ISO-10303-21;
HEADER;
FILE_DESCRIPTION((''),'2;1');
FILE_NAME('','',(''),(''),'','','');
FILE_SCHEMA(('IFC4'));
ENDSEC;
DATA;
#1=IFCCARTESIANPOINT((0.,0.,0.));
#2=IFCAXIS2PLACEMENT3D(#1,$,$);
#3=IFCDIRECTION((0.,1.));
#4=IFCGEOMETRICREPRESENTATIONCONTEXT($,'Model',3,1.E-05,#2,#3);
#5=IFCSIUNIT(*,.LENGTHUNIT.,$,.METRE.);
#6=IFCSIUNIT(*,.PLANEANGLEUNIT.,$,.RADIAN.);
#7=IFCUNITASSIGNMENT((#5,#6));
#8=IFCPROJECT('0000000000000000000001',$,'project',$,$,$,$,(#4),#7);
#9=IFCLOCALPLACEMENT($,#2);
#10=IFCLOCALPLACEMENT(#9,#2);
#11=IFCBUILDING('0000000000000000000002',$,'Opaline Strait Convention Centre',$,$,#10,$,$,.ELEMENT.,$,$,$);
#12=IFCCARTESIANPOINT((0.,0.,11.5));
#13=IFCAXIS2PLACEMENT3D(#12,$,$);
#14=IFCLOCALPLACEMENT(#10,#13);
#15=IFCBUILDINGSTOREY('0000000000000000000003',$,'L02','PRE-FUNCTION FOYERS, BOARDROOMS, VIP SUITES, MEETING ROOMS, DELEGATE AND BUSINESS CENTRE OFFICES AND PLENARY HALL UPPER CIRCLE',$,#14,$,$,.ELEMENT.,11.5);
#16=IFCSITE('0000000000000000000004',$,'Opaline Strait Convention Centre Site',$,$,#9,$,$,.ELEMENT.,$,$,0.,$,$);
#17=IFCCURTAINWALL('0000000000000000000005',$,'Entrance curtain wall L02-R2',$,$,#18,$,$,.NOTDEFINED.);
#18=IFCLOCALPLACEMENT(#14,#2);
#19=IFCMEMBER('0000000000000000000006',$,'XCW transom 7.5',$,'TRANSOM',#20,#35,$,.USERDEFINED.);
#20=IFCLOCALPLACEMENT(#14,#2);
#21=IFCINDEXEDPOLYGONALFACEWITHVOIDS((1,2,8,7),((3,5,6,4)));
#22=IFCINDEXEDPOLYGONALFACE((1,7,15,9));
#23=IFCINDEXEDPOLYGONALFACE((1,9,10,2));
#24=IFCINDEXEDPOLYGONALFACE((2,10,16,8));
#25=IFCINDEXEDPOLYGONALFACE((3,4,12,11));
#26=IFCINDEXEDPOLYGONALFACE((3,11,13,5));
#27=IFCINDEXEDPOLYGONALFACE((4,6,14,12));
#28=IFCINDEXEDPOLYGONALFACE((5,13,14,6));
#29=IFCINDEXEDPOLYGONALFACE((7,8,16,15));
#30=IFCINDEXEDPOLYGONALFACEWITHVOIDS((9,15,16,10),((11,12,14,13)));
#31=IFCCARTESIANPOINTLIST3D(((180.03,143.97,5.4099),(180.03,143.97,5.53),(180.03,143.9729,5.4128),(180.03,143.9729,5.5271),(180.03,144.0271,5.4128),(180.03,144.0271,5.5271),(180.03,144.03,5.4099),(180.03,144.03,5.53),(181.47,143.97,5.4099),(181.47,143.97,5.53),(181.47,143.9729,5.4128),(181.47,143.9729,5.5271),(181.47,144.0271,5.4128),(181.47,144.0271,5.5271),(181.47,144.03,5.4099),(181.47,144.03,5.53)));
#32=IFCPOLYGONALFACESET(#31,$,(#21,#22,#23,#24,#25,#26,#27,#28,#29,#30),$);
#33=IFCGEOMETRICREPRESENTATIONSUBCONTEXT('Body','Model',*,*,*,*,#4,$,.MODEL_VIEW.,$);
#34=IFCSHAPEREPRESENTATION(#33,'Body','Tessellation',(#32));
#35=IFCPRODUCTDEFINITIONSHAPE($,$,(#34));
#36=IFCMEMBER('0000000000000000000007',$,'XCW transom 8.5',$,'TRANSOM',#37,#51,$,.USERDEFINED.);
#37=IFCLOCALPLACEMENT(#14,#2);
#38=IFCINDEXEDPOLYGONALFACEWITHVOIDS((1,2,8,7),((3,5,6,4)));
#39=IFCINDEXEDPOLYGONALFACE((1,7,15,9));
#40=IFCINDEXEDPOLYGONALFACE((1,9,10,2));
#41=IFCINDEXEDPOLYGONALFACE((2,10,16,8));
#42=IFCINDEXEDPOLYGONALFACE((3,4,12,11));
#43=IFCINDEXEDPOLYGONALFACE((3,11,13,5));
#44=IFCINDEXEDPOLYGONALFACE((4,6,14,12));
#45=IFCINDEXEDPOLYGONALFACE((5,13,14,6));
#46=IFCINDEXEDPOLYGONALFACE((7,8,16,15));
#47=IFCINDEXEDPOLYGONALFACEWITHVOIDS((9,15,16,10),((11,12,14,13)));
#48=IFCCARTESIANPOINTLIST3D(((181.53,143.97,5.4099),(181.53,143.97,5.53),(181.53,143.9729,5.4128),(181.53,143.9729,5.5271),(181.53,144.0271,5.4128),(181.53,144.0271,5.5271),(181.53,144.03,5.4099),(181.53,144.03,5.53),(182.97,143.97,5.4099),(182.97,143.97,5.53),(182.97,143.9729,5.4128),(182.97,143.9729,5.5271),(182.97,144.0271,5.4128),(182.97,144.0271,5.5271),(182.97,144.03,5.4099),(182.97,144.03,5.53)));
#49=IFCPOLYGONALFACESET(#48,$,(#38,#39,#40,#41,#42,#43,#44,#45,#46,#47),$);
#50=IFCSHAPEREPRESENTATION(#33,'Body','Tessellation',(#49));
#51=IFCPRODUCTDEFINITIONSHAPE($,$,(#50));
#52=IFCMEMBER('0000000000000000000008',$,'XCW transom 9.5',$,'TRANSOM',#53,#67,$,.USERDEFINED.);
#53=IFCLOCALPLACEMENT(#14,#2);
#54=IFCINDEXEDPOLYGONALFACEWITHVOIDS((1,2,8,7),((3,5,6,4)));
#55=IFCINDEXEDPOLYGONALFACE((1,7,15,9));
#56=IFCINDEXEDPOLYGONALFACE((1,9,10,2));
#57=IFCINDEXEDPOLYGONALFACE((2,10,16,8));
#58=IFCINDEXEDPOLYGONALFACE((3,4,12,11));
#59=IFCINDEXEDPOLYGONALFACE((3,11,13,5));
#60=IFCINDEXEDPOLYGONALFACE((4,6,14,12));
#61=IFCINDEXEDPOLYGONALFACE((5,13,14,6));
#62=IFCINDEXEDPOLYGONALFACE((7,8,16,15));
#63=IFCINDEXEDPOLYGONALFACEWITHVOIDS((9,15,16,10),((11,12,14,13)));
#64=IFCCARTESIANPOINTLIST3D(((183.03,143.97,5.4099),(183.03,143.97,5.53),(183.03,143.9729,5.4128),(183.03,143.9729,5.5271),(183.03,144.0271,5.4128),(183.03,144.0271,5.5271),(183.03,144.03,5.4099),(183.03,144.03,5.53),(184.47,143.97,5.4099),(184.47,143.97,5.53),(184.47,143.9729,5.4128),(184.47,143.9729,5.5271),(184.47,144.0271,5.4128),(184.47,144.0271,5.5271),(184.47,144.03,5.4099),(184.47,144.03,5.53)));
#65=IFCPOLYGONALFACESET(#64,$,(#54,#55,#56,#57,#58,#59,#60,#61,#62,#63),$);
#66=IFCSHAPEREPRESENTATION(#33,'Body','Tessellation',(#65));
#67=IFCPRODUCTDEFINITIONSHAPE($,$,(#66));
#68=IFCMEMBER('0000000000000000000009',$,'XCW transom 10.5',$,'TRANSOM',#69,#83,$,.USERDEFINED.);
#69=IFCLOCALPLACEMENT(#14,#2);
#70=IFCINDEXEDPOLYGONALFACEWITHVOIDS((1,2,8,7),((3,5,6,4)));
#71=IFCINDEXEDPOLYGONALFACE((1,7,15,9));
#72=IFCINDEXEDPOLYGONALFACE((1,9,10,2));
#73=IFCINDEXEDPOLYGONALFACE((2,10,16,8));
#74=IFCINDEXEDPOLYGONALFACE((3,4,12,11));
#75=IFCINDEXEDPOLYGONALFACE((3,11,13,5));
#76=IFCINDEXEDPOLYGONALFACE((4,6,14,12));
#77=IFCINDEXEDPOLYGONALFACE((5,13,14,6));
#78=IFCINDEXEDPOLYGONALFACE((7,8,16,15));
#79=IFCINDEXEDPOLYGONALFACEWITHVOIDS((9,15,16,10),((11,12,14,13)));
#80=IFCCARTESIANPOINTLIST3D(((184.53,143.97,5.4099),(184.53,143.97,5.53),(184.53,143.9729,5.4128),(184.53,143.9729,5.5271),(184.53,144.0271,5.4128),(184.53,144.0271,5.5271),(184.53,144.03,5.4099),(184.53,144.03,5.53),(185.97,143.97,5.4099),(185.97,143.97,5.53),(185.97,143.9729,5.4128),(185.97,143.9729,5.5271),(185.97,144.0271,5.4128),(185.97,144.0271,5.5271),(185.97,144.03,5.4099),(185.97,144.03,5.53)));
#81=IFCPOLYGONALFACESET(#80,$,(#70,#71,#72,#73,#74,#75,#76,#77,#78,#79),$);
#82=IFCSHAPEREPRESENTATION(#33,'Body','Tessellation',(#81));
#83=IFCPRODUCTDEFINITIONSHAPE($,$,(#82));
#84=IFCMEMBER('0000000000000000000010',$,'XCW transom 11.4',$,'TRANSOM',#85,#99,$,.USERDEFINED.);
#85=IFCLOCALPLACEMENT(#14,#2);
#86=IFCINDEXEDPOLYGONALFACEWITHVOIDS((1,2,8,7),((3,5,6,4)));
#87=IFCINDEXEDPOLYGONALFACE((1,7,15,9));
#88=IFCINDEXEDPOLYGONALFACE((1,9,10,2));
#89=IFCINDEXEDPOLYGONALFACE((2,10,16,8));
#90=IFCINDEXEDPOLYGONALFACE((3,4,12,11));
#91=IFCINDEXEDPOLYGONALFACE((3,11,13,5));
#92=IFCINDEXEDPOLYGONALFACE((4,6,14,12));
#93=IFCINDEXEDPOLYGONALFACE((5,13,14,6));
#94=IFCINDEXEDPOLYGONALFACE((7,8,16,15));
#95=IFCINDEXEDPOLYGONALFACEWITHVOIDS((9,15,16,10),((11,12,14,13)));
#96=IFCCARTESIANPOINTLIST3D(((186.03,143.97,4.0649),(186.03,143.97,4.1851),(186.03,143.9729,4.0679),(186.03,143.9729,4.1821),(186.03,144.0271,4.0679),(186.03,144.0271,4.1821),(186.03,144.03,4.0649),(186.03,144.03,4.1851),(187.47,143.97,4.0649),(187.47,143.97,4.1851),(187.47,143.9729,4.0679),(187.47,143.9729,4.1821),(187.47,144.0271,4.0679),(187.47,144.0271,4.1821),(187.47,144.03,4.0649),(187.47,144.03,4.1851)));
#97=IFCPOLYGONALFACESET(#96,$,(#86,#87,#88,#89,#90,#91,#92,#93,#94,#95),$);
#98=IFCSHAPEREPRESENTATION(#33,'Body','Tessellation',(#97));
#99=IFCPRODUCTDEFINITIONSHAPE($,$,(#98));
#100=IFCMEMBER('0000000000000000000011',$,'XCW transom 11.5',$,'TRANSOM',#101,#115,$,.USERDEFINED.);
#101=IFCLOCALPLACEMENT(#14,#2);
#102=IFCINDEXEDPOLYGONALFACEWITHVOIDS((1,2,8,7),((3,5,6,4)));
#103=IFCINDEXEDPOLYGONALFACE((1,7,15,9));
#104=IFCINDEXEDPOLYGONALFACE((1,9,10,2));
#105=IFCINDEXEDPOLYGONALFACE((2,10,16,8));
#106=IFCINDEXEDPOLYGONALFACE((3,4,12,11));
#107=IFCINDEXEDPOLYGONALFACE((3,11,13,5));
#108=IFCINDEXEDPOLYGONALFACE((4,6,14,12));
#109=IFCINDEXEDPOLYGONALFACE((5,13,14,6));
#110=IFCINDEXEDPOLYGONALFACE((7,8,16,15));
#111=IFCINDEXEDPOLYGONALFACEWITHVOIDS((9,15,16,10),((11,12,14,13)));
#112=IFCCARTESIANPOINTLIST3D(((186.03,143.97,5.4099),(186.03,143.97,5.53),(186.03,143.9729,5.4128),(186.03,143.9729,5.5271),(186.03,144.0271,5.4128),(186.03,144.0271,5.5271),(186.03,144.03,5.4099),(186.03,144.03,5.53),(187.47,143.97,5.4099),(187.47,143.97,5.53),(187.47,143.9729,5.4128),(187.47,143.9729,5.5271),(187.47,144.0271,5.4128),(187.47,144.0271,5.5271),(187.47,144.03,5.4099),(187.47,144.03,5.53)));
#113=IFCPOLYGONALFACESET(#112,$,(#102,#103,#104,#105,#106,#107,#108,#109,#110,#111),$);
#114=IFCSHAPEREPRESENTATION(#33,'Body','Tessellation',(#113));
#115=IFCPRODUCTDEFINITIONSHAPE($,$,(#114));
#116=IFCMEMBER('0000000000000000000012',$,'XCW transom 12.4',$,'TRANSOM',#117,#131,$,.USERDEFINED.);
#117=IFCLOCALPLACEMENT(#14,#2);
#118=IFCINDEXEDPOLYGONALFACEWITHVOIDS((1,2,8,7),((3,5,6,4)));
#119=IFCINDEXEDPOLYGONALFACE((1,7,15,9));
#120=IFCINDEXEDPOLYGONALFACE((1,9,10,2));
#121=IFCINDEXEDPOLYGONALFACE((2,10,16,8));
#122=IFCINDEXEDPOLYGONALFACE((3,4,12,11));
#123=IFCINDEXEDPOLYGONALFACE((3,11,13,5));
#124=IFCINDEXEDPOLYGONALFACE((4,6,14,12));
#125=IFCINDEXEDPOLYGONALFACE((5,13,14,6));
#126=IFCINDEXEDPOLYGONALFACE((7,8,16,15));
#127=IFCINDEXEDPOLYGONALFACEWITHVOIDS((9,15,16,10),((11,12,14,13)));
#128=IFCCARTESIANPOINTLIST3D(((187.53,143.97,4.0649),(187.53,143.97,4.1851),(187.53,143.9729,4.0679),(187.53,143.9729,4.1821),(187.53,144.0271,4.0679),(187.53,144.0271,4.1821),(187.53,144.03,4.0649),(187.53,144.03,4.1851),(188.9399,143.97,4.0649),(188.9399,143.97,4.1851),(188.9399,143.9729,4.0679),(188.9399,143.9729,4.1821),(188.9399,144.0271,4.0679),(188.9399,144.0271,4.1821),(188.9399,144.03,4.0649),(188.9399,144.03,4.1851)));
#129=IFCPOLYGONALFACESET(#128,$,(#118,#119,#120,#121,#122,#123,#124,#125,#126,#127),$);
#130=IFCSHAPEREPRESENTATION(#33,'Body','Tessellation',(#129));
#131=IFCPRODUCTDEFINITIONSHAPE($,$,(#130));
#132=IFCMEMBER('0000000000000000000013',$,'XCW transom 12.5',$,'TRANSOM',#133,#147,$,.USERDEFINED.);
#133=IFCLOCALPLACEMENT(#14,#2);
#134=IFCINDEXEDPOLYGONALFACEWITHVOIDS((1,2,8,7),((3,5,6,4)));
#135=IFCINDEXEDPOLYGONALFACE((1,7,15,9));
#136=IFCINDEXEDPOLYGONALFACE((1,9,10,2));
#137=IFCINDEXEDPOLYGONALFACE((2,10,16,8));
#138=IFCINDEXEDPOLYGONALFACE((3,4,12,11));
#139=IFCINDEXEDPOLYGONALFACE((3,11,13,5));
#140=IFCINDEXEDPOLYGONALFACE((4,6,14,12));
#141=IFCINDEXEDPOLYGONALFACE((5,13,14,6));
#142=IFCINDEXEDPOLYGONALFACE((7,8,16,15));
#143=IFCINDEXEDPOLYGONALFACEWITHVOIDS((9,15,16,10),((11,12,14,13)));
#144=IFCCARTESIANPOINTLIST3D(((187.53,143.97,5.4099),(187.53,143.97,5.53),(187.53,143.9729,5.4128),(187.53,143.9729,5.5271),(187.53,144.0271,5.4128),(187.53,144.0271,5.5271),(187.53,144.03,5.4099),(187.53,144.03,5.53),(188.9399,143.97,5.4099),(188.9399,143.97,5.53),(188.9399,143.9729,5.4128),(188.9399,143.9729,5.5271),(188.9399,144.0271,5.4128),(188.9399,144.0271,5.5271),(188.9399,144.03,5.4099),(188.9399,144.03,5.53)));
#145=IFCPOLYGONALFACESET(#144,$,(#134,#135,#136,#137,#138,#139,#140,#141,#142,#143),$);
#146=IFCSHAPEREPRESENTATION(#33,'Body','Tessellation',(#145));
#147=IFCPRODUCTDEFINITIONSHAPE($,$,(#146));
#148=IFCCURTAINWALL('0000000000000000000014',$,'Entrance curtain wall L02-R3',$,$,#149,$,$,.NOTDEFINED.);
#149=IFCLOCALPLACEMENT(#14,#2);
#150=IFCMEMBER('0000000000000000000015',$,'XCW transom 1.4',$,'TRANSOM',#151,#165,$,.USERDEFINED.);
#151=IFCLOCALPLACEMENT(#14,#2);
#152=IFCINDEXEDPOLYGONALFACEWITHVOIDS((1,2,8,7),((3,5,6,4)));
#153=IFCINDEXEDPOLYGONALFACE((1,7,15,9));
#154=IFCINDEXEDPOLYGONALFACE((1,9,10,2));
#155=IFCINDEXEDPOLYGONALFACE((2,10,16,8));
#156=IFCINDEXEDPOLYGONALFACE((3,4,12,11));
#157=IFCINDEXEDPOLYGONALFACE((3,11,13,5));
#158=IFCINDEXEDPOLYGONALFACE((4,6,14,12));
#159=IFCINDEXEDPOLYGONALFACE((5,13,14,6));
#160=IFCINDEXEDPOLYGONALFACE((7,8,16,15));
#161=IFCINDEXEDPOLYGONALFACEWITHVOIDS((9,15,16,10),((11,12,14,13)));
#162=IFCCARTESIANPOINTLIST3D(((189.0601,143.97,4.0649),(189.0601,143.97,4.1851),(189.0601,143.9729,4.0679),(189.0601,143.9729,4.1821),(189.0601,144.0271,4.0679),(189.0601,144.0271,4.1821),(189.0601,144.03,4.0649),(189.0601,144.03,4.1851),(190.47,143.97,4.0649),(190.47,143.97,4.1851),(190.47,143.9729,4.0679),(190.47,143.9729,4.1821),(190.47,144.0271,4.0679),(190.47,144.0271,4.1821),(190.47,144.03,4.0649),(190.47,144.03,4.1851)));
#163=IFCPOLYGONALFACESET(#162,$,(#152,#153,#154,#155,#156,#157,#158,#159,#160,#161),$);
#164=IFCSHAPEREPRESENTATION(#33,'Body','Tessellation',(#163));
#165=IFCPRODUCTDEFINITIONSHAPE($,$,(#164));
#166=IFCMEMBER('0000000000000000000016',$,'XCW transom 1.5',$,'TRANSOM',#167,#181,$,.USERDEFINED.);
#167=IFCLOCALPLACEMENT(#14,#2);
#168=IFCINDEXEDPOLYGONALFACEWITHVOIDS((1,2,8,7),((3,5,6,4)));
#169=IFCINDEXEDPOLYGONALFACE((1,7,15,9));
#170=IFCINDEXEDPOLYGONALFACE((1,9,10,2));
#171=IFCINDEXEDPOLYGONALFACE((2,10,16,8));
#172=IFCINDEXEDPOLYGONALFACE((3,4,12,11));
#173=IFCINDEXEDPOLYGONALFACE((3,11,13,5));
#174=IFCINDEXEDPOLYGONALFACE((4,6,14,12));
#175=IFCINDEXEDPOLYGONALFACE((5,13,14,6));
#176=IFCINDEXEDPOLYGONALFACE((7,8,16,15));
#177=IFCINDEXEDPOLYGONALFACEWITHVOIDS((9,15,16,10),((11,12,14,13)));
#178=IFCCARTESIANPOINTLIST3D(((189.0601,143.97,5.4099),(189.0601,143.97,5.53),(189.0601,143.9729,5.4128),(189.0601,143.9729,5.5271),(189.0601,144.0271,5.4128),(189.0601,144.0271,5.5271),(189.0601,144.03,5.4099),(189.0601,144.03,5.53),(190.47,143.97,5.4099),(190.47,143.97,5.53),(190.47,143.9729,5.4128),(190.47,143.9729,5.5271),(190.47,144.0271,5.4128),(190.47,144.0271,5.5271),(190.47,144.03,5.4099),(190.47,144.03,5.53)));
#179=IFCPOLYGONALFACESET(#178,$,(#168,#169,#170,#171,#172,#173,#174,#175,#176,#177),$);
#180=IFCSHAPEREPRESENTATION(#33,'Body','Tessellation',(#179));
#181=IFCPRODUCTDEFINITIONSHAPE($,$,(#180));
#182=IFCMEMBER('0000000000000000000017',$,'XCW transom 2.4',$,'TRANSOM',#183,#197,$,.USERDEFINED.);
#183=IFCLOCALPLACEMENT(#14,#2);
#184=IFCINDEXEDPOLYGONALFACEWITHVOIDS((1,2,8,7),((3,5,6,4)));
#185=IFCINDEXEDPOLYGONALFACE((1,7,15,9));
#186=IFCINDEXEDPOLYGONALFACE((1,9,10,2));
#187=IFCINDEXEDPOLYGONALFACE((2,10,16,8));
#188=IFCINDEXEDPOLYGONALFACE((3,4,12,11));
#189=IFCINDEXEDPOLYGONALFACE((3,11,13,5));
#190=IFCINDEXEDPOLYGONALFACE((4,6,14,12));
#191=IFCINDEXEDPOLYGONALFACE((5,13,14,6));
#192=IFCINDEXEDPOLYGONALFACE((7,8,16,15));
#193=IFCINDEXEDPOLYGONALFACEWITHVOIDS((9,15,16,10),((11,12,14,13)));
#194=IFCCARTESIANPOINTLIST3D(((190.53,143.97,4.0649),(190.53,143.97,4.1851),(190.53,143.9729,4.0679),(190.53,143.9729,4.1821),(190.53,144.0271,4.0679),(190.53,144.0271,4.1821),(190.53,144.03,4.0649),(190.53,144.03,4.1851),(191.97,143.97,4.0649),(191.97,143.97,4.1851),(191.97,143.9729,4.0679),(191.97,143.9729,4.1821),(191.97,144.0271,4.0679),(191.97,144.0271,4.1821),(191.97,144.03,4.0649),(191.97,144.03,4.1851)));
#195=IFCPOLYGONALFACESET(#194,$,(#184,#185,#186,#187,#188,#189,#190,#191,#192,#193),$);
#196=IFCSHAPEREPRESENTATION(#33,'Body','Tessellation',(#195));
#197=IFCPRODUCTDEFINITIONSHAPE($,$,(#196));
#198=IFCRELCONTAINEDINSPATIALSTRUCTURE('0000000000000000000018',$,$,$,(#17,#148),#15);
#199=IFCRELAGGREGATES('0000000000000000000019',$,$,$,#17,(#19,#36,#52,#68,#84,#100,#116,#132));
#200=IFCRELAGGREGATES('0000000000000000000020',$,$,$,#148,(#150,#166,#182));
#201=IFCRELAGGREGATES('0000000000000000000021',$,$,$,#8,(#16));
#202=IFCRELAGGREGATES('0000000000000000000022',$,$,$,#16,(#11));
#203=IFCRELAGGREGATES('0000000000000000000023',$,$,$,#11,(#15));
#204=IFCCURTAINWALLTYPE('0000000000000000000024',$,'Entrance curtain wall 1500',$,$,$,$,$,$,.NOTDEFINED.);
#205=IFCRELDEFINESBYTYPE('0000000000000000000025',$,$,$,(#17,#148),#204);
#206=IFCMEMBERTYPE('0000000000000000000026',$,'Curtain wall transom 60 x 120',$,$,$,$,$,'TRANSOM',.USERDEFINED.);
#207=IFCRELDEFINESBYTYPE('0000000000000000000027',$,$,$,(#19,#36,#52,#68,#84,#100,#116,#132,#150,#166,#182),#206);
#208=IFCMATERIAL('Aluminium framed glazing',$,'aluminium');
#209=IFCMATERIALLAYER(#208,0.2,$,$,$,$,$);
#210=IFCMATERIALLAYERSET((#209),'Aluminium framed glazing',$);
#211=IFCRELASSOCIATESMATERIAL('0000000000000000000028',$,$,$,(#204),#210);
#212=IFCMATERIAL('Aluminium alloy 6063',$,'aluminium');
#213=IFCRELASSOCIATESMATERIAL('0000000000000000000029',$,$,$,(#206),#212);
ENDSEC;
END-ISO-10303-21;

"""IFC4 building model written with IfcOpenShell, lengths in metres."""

from ifc_helpers import new_model, si_unit, direction, frame, origin, origin_2d, place, context, subcontext, project, spatial, hollow_rectangle, extrude, material, layer, layer_set, material_profile, profile_set, type_object, element, aggregate, save


model = new_model("IFC4")

# Units and contexts
model_context = context("Model", 3, precision=1e-05, world=origin(), true_north=direction((0.0, 1.0)))
body_context = subcontext(model_context, "Body", "Model", "MODEL_VIEW")
ifc_project = project(units=[si_unit("LENGTHUNIT", "METRE"), si_unit("PLANEANGLEUNIT", "RADIAN")], contexts=[model_context])

# Site, building, storey
site_placement = place(None, origin())
site = spatial("IfcSite", under=ifc_project, at=site_placement, Name="Opaline Strait Convention Centre Site", CompositionType="ELEMENT", RefElevation=0.0)
building_placement = place(site_placement, origin())
building = spatial("IfcBuilding", under=site, at=building_placement, Name="Opaline Strait Convention Centre", CompositionType="ELEMENT")
storey_placement = place(building_placement, frame((0.0, 0.0, 11.5)))
storey = spatial("IfcBuildingStorey", under=building, at=storey_placement, Name="L02", Description="PRE-FUNCTION FOYERS, BOARDROOMS, VIP SUITES, MEETING ROOMS, DELEGATE AND BUSINESS CENTRE OFFICES AND PLENARY HALL UPPER CIRCLE", CompositionType="ELEMENT", Elevation=11.5)

# Curtain walls, members
ifc_material_1 = material(Name="Aluminium framed glazing", Category="aluminium")
ifc_layer_1 = layer(ifc_material_1, 0.2)
ifc_layer_set_1 = layer_set([ifc_layer_1], Name="Aluminium framed glazing")
curtain_wall_type = type_object("IfcCurtainWallType", Name="Entrance curtain wall 1500", PredefinedType="NOTDEFINED", material=ifc_layer_set_1)
curtain_wall_1_placement = place(storey_placement, origin())
curtain_wall_1 = element("IfcCurtainWall", 1, at=curtain_wall_1_placement, inside=storey, type_object=curtain_wall_type, Name="Entrance curtain wall L02-R2", PredefinedType="NOTDEFINED")
ifc_material_2 = material(Name="Aluminium alloy 6063", Category="aluminium")
ifc_material_profile_1 = material_profile(ifc_material_2, hollow_rectangle(XDim=0.0601, YDim=0.1201, WallThickness=0.0029, at=origin_2d()), Name="TRANSOM 60x120x3")
ifc_profile_set_1 = profile_set([ifc_material_profile_1], Name="Aluminium alloy 6063")
member_type_1 = type_object("IfcMemberType", Name="Curtain wall transom 60 x 120", ElementType="TRANSOM", PredefinedType="USERDEFINED", material=ifc_profile_set_1)
member_1_placement = place(storey_placement, frame((180.03, 144.0, 5.47), z_axis=(1.0, 0.0, 0.0), x_axis=(0.0, 1.0, 0.0)))
member_1 = element("IfcMember", 2, at=member_1_placement, type_object=member_type_1, Name="XCW transom 7.5", ObjectType="TRANSOM", PredefinedType="USERDEFINED", context=body_context, shape_type="SweptSolid", body=[
    extrude(hollow_rectangle(XDim=0.0601, YDim=0.1201, WallThickness=0.0029, at=origin_2d()), origin(), (0.0, 0.0, 1.0), 1.4399),
])
member_2_placement = place(storey_placement, frame((181.53, 144.0, 5.47), z_axis=(1.0, 0.0, 0.0), x_axis=(0.0, 1.0, 0.0)))
member_2 = element("IfcMember", 3, at=member_2_placement, type_object=member_type_1, Name="XCW transom 8.5", ObjectType="TRANSOM", PredefinedType="USERDEFINED", context=body_context, shape_type="SweptSolid", body=[
    extrude(hollow_rectangle(XDim=0.0601, YDim=0.1201, WallThickness=0.0029, at=origin_2d()), origin(), (0.0, 0.0, 1.0), 1.4399),
])
member_3_placement = place(storey_placement, frame((183.03, 144.0, 5.47), z_axis=(1.0, 0.0, 0.0), x_axis=(0.0, 1.0, 0.0)))
member_3 = element("IfcMember", 4, at=member_3_placement, type_object=member_type_1, Name="XCW transom 9.5", ObjectType="TRANSOM", PredefinedType="USERDEFINED", context=body_context, shape_type="SweptSolid", body=[
    extrude(hollow_rectangle(XDim=0.0601, YDim=0.1201, WallThickness=0.0029, at=origin_2d()), origin(), (0.0, 0.0, 1.0), 1.4399),
])
member_4_placement = place(storey_placement, frame((184.53, 144.0, 5.47), z_axis=(1.0, 0.0, 0.0), x_axis=(0.0, 1.0, 0.0)))
member_4 = element("IfcMember", 5, at=member_4_placement, type_object=member_type_1, Name="XCW transom 10.5", ObjectType="TRANSOM", PredefinedType="USERDEFINED", context=body_context, shape_type="SweptSolid", body=[
    extrude(hollow_rectangle(XDim=0.0601, YDim=0.1201, WallThickness=0.0029, at=origin_2d()), origin(), (0.0, 0.0, 1.0), 1.4399),
])
member_5_placement = place(storey_placement, frame((186.03, 144.0, 4.125), z_axis=(1.0, 0.0, 0.0), x_axis=(0.0, 1.0, 0.0)))
member_5 = element("IfcMember", 6, at=member_5_placement, type_object=member_type_1, Name="XCW transom 11.4", ObjectType="TRANSOM", PredefinedType="USERDEFINED", context=body_context, shape_type="SweptSolid", body=[
    extrude(hollow_rectangle(XDim=0.0601, YDim=0.1201, WallThickness=0.0029, at=origin_2d()), origin(), (0.0, 0.0, 1.0), 1.4399),
])
member_6_placement = place(storey_placement, frame((186.03, 144.0, 5.47), z_axis=(1.0, 0.0, 0.0), x_axis=(0.0, 1.0, 0.0)))
member_6 = element("IfcMember", 7, at=member_6_placement, type_object=member_type_1, Name="XCW transom 11.5", ObjectType="TRANSOM", PredefinedType="USERDEFINED", context=body_context, shape_type="SweptSolid", body=[
    extrude(hollow_rectangle(XDim=0.0601, YDim=0.1201, WallThickness=0.0029, at=origin_2d()), origin(), (0.0, 0.0, 1.0), 1.4399),
])
member_7_placement = place(storey_placement, frame((187.53, 144.0, 4.125), z_axis=(1.0, 0.0, 0.0), x_axis=(0.0, 1.0, 0.0)))
member_7 = element("IfcMember", 8, at=member_7_placement, type_object=member_type_1, Name="XCW transom 12.4", ObjectType="TRANSOM", PredefinedType="USERDEFINED", context=body_context, shape_type="SweptSolid", body=[
    extrude(hollow_rectangle(XDim=0.0601, YDim=0.1201, WallThickness=0.0029, at=origin_2d()), origin(), (0.0, 0.0, 1.0), 1.4099),
])
member_8_placement = place(storey_placement, frame((187.53, 144.0, 5.47), z_axis=(1.0, 0.0, 0.0), x_axis=(0.0, 1.0, 0.0)))
member_8 = element("IfcMember", 9, at=member_8_placement, type_object=member_type_1, Name="XCW transom 12.5", ObjectType="TRANSOM", PredefinedType="USERDEFINED", context=body_context, shape_type="SweptSolid", body=[
    extrude(hollow_rectangle(XDim=0.0601, YDim=0.1201, WallThickness=0.0029, at=origin_2d()), origin(), (0.0, 0.0, 1.0), 1.4099),
])
curtain_wall_2_placement = place(storey_placement, origin())
curtain_wall_2 = element("IfcCurtainWall", 10, at=curtain_wall_2_placement, inside=storey, type_object=curtain_wall_type, Name="Entrance curtain wall L02-R3", PredefinedType="NOTDEFINED")
member_9_placement = place(storey_placement, frame((189.0601, 144.0, 4.125), z_axis=(1.0, 0.0, 0.0), x_axis=(0.0, 1.0, 0.0)))
member_9 = element("IfcMember", 11, at=member_9_placement, type_object=member_type_1, Name="XCW transom 1.4", ObjectType="TRANSOM", PredefinedType="USERDEFINED", context=body_context, shape_type="SweptSolid", body=[
    extrude(hollow_rectangle(XDim=0.0601, YDim=0.1201, WallThickness=0.0029, at=origin_2d()), origin(), (0.0, 0.0, 1.0), 1.4099),
])
member_10_placement = place(storey_placement, frame((189.0601, 144.0, 5.47), z_axis=(1.0, 0.0, 0.0), x_axis=(0.0, 1.0, 0.0)))
member_10 = element("IfcMember", 12, at=member_10_placement, type_object=member_type_1, Name="XCW transom 1.5", ObjectType="TRANSOM", PredefinedType="USERDEFINED", context=body_context, shape_type="SweptSolid", body=[
    extrude(hollow_rectangle(XDim=0.0601, YDim=0.1201, WallThickness=0.0029, at=origin_2d()), origin(), (0.0, 0.0, 1.0), 1.4099),
])
member_11_placement = place(storey_placement, frame((190.53, 144.0, 4.125), z_axis=(1.0, 0.0, 0.0), x_axis=(0.0, 1.0, 0.0)))
member_11 = element("IfcMember", 13, at=member_11_placement, type_object=member_type_1, Name="XCW transom 2.4", ObjectType="TRANSOM", PredefinedType="USERDEFINED", context=body_context, shape_type="SweptSolid", body=[
    extrude(hollow_rectangle(XDim=0.0601, YDim=0.1201, WallThickness=0.0029, at=origin_2d()), origin(), (0.0, 0.0, 1.0), 1.4399),
])

aggregate(curtain_wall_1, [member_1, member_2, member_3, member_4, member_5, member_6, member_7, member_8])
aggregate(curtain_wall_2, [member_9, member_10, member_11])

save(model, "model.ifc")
